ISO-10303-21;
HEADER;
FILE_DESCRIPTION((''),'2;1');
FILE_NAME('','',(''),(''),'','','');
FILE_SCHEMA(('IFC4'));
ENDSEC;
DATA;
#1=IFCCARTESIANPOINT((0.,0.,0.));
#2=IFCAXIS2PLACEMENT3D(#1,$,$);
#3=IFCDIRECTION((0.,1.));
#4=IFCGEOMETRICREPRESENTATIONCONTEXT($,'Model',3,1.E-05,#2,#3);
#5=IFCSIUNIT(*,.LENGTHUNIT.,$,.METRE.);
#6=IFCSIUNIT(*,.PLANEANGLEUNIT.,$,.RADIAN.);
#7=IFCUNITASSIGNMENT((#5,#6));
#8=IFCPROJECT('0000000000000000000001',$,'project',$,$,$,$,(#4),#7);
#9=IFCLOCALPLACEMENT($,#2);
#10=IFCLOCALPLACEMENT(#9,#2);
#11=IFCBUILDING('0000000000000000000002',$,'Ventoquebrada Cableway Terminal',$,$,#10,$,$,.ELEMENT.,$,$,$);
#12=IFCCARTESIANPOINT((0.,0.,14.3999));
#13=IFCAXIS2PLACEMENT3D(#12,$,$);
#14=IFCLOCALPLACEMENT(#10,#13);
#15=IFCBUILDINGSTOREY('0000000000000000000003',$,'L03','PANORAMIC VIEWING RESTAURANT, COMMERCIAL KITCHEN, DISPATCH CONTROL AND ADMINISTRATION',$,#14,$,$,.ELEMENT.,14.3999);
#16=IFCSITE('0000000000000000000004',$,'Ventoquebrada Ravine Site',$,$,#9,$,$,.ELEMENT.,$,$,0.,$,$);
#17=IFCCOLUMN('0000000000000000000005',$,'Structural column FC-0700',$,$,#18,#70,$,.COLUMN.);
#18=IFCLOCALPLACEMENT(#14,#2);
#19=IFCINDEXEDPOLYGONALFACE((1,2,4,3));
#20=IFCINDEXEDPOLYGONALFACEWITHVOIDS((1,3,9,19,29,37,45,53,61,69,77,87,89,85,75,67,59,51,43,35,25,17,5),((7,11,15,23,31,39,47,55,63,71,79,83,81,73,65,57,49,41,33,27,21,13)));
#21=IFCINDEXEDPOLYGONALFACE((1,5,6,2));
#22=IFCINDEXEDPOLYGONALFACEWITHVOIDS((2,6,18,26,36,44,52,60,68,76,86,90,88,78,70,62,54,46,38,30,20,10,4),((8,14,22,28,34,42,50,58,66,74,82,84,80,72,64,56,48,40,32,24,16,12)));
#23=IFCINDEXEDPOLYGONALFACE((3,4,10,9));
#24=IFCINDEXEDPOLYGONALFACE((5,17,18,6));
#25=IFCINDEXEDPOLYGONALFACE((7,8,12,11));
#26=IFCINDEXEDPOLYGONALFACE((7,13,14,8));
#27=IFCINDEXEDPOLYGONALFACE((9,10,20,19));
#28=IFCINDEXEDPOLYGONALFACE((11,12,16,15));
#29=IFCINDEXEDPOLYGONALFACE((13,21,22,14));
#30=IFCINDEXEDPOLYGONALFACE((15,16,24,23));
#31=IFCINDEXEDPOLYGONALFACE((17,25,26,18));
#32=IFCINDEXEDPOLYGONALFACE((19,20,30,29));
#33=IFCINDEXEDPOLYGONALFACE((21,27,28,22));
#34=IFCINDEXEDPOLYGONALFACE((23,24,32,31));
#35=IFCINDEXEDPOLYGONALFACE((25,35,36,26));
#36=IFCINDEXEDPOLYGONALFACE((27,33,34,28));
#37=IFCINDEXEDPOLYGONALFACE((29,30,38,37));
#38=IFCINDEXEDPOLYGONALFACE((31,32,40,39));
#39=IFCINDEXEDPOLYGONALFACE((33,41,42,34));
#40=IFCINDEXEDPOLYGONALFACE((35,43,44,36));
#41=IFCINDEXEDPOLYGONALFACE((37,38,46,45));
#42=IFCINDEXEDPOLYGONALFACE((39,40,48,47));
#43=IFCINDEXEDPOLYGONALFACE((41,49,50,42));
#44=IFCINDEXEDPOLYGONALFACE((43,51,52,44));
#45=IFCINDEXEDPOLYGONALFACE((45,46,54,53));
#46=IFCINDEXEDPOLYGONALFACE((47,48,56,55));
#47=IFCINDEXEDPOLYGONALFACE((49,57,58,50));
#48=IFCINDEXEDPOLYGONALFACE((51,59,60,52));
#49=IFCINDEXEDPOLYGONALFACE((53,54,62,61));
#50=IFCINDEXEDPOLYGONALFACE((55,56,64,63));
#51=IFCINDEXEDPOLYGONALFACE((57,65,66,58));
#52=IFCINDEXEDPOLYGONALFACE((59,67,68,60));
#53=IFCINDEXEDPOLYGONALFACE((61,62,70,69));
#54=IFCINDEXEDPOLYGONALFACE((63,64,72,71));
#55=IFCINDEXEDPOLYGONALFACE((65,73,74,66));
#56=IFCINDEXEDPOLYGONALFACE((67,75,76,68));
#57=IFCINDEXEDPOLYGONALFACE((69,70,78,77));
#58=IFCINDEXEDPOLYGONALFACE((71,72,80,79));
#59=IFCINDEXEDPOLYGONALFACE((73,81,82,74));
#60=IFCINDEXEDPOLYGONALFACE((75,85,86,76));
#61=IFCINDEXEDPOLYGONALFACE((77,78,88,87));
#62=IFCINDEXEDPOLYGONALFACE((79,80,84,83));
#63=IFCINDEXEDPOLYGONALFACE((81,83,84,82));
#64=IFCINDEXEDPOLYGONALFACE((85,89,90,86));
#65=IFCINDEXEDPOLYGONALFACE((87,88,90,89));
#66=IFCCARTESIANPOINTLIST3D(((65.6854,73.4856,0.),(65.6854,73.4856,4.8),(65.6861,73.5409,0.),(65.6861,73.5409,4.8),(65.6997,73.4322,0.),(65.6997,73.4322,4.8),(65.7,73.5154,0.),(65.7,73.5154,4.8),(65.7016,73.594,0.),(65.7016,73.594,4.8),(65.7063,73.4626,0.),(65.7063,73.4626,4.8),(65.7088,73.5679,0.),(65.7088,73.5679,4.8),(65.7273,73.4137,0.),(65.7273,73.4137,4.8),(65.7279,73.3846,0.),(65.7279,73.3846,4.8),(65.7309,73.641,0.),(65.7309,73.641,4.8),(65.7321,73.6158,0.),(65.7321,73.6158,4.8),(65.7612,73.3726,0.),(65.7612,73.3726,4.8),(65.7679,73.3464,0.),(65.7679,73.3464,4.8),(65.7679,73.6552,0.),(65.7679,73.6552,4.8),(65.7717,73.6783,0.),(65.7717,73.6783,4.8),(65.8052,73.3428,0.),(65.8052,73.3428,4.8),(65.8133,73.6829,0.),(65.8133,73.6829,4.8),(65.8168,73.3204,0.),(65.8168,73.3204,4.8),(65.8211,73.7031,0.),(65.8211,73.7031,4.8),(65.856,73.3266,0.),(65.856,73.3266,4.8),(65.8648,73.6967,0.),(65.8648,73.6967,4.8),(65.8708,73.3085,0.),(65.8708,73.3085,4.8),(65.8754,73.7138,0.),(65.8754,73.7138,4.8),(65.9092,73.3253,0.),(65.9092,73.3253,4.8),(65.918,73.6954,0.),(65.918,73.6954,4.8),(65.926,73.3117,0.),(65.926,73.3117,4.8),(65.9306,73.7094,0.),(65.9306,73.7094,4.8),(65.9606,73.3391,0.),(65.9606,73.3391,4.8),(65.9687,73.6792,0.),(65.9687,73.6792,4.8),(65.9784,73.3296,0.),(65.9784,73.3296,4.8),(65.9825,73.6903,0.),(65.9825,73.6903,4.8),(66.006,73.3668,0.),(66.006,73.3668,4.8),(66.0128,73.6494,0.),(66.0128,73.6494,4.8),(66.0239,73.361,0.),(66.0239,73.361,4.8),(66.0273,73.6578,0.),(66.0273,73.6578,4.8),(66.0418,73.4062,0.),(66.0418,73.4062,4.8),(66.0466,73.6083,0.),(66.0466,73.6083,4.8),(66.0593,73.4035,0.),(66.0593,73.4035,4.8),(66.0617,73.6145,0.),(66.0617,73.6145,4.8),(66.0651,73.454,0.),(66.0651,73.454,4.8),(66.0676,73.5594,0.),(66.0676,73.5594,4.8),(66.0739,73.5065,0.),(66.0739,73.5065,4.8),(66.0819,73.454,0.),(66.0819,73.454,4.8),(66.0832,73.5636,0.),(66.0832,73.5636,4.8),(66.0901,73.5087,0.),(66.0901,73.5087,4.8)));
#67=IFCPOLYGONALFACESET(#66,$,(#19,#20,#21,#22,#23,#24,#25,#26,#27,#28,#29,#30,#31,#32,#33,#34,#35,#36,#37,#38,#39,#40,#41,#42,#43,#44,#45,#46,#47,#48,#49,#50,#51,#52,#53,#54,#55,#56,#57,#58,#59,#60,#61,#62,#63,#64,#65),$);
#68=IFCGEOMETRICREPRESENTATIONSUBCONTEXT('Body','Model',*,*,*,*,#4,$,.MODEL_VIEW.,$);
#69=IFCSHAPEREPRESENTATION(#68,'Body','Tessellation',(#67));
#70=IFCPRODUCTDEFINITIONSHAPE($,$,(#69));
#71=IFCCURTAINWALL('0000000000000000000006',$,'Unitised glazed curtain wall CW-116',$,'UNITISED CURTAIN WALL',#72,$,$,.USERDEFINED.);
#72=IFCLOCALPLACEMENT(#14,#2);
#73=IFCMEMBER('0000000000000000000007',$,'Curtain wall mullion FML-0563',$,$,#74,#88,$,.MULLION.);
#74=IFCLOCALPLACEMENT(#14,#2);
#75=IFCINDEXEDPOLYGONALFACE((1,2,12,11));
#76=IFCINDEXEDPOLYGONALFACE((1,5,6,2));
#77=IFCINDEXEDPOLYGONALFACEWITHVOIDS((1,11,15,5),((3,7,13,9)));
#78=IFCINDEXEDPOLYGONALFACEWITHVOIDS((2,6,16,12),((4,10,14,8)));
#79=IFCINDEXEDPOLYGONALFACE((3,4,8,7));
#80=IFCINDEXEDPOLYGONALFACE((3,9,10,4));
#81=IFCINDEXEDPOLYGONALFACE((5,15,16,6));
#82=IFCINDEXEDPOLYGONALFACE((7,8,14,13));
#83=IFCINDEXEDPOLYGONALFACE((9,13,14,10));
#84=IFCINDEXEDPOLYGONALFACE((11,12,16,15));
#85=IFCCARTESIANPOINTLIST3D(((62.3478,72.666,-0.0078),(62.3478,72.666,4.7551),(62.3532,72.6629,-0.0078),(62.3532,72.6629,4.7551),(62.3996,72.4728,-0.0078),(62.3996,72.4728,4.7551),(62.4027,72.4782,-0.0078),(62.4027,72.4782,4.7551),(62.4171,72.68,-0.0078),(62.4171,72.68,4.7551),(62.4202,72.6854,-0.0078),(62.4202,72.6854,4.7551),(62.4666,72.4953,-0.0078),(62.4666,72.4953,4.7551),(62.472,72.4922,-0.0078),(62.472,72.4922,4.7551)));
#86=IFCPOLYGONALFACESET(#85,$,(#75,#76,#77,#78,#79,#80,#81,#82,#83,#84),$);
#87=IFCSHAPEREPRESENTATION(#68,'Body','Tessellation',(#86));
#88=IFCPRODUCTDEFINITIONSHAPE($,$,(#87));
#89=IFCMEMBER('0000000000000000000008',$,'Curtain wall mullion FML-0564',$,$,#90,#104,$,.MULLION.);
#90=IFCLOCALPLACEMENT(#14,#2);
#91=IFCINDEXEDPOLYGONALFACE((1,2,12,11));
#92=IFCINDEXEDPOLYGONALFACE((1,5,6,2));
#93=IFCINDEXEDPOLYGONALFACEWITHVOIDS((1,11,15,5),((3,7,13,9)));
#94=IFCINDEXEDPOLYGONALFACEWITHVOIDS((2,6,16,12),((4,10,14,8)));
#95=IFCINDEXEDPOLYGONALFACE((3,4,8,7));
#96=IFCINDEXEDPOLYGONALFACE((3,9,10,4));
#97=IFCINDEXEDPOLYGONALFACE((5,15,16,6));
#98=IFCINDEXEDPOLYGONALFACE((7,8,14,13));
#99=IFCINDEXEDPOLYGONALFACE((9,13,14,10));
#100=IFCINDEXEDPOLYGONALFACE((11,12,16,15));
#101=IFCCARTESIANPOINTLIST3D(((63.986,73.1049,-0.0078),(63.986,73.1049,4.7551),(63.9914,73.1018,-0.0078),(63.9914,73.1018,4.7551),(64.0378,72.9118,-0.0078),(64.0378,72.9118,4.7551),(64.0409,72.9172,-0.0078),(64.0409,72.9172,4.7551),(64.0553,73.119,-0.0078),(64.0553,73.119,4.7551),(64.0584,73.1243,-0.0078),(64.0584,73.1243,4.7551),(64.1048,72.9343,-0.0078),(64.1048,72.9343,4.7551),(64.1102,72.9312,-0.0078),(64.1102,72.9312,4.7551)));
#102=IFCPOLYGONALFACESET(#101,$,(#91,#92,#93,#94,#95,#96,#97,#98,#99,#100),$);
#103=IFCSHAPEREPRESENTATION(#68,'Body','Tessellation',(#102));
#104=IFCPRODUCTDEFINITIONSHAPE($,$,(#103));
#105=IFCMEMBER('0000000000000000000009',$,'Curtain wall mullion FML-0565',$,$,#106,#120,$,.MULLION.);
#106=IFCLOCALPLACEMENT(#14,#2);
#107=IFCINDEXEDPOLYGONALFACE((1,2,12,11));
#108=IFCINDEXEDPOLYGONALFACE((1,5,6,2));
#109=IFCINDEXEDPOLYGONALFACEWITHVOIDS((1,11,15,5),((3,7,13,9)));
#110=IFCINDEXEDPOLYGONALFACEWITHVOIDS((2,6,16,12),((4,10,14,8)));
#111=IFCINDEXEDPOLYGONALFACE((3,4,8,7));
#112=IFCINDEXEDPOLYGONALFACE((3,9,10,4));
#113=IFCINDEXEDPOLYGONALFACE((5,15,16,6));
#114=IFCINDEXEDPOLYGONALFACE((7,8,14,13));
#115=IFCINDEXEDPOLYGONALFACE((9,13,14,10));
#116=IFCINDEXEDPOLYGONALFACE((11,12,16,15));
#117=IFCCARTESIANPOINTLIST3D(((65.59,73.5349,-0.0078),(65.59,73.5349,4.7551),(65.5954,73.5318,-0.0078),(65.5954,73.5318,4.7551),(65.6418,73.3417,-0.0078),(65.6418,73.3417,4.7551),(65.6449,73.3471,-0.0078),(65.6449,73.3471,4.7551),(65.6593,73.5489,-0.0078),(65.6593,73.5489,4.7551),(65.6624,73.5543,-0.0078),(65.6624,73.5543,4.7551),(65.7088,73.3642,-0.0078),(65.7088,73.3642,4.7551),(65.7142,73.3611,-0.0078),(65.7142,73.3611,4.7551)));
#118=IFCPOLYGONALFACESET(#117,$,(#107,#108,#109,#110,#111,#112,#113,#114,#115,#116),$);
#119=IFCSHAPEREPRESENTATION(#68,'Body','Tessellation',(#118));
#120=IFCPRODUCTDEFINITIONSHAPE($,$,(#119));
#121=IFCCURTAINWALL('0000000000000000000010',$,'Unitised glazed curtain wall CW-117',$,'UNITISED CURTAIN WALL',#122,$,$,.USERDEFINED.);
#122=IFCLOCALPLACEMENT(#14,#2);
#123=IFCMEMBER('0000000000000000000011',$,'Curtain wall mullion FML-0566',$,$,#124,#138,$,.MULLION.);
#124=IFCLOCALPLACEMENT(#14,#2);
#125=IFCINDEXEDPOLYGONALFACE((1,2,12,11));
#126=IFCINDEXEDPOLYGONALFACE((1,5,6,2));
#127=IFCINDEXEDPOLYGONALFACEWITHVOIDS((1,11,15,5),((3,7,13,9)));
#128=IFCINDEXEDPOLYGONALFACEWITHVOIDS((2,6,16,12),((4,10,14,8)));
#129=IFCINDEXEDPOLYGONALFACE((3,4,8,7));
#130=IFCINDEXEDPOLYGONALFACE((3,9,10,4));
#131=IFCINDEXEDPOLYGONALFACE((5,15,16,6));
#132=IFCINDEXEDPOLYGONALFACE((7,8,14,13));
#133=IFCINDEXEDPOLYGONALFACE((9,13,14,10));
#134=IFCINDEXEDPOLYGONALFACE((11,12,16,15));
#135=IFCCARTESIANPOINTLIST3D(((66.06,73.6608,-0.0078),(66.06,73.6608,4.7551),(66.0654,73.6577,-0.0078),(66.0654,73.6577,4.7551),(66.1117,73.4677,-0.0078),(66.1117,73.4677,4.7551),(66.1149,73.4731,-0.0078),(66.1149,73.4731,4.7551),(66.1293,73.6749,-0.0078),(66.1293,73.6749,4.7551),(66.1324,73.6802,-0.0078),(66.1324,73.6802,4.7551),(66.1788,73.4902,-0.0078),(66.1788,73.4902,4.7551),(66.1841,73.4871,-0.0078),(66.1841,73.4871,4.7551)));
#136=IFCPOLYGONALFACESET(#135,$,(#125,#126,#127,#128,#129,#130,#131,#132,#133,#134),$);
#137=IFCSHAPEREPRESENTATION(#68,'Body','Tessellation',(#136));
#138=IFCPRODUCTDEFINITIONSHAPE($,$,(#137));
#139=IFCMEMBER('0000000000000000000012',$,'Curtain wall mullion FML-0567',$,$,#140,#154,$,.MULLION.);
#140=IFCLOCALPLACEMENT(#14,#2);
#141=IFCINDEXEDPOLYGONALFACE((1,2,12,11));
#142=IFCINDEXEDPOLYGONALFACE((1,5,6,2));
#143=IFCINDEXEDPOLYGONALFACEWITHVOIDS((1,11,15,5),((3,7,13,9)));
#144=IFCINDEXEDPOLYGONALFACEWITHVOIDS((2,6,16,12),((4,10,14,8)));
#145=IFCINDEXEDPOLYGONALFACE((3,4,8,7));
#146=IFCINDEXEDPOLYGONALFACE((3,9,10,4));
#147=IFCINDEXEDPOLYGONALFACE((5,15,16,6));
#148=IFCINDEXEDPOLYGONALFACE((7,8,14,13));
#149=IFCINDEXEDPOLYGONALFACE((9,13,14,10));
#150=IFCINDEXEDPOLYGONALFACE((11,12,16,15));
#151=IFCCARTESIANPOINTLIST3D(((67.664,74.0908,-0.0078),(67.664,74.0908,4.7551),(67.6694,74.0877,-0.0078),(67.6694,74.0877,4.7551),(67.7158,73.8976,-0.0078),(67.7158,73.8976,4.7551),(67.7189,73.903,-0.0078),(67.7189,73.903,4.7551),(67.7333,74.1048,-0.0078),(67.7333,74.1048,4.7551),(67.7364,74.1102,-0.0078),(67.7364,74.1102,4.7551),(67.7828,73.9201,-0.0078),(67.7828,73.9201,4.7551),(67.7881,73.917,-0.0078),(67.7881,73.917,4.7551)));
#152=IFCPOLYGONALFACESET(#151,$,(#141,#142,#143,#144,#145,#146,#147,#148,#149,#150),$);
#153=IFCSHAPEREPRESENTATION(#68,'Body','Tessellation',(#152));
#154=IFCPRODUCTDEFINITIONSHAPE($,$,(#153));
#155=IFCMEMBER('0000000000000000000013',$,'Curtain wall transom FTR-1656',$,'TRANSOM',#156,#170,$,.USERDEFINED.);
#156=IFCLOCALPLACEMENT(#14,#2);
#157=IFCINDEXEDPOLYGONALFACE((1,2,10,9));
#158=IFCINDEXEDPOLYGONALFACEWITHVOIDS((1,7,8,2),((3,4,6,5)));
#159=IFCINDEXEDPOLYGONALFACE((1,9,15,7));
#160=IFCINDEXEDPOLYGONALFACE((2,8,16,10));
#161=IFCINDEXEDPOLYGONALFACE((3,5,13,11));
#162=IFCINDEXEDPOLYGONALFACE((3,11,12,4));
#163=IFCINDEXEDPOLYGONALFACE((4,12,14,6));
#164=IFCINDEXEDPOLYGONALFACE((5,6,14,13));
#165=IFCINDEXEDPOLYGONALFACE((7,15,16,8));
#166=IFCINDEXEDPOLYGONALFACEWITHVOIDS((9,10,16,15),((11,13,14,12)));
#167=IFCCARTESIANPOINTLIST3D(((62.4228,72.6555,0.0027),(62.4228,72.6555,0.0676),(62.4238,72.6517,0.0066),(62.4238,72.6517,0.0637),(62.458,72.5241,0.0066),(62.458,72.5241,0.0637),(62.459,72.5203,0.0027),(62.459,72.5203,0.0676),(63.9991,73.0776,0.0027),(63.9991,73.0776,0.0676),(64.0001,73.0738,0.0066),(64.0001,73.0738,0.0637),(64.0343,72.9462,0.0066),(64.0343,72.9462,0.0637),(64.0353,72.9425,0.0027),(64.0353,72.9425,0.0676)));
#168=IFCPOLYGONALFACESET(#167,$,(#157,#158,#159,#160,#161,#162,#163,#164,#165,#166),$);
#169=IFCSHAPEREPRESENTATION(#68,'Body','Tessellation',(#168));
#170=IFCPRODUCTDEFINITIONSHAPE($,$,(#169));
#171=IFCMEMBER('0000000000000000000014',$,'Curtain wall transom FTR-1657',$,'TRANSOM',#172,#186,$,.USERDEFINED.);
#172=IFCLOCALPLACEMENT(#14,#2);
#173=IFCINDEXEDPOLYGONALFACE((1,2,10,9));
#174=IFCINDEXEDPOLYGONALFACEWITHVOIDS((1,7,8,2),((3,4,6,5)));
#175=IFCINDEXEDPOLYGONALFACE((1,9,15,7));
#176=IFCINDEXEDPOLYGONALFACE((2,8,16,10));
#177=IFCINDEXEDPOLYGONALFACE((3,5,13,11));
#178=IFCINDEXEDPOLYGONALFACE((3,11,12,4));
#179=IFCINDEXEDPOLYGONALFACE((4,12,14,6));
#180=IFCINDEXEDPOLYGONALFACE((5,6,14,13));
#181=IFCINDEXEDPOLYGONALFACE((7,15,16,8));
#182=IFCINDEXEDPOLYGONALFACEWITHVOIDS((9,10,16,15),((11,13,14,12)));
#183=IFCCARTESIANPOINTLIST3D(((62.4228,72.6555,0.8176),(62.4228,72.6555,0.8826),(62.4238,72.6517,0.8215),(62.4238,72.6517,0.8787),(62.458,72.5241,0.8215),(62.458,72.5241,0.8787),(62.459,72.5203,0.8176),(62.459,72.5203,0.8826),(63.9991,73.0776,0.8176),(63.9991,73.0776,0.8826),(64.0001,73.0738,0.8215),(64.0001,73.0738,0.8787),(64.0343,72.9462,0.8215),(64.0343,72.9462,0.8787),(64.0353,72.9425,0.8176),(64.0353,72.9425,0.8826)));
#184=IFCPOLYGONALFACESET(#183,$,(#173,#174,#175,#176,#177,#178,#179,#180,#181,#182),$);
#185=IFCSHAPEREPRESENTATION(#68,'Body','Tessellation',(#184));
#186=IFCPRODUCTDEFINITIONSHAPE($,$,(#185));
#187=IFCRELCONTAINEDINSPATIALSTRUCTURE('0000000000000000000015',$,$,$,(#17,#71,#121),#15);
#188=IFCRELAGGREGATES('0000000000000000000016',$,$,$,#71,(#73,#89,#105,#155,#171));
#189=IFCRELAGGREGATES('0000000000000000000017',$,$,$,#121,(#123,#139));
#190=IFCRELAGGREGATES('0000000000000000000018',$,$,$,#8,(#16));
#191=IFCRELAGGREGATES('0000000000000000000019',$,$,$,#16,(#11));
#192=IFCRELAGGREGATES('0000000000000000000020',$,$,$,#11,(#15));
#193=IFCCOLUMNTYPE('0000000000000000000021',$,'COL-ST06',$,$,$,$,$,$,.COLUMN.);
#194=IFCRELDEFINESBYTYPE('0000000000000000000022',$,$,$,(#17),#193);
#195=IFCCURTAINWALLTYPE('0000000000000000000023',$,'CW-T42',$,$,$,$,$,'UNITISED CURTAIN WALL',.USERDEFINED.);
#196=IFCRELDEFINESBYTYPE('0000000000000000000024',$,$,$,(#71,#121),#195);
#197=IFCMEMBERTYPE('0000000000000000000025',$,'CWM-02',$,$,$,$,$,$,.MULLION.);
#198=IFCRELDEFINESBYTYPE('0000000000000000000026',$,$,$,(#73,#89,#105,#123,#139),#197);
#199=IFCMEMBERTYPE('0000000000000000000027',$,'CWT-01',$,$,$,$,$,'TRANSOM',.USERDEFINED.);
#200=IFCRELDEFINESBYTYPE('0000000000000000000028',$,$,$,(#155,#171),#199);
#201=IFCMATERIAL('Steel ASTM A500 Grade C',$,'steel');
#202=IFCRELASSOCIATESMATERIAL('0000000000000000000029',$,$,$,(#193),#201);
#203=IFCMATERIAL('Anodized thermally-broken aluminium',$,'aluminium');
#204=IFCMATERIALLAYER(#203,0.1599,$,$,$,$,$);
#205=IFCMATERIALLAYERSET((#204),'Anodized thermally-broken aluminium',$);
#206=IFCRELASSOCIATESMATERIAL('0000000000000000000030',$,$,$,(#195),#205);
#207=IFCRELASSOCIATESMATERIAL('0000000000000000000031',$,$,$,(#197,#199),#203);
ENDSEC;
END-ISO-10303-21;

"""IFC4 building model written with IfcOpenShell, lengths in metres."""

from ifc_helpers import new_model, si_unit, direction, frame, origin, origin_2d, place, context, subcontext, project, spatial, hollow_rectangle, hollow_circle, extrude, material, layer, layer_set, material_profile, profile_set, type_object, element, aggregate, save


model = new_model("IFC4")

# Units and contexts
model_context = context("Model", 3, precision=1e-05, world=origin(), true_north=direction((0.0, 1.0)))
body_context = subcontext(model_context, "Body", "Model", "MODEL_VIEW")
ifc_project = project(units=[si_unit("LENGTHUNIT", "METRE"), si_unit("PLANEANGLEUNIT", "RADIAN")], contexts=[model_context])

# Site, building, storey
site_placement = place(None, origin())
site = spatial("IfcSite", under=ifc_project, at=site_placement, Name="Ventoquebrada Ravine Site", CompositionType="ELEMENT", RefElevation=0.0)
building_placement = place(site_placement, origin())
building = spatial("IfcBuilding", under=site, at=building_placement, Name="Ventoquebrada Cableway Terminal", CompositionType="ELEMENT")
storey_placement = place(building_placement, frame((0.0, 0.0, 14.3999)))
storey = spatial("IfcBuildingStorey", under=building, at=storey_placement, Name="L03", Description="PANORAMIC VIEWING RESTAURANT, COMMERCIAL KITCHEN, DISPATCH CONTROL AND ADMINISTRATION", CompositionType="ELEMENT", Elevation=14.3999)

# Column
ifc_material_1 = material(Name="Steel ASTM A500 Grade C", Category="steel")
ifc_material_profile_1 = material_profile(ifc_material_1, hollow_circle(Radius=0.2031, WallThickness=0.0161, at=origin_2d()), Name="CHS406.4X16")
ifc_profile_set_1 = profile_set([ifc_material_profile_1], Name="Steel ASTM A500 Grade C")
column_type = type_object("IfcColumnType", Name="COL-ST06", PredefinedType="COLUMN", material=ifc_profile_set_1)
column_placement = place(storey_placement, frame((65.887, 73.511, 0.0), z_axis=(0.0, 0.0, 1.0), x_axis=(0.965926, 0.258819, 0.0)))
element("IfcColumn", 1, at=column_placement, inside=storey, type_object=column_type, Name="Structural column FC-0700", PredefinedType="COLUMN", context=body_context, shape_type="SweptSolid", body=[
    extrude(hollow_circle(Radius=0.2031, WallThickness=0.0161, at=origin_2d()), origin(), (0.0, 0.0, 1.0), 4.8),
])

# Curtain walls, members
ifc_material_2 = material(Name="Anodized thermally-broken aluminium", Category="aluminium")
ifc_layer_1 = layer(ifc_material_2, 0.1599)
ifc_layer_set_1 = layer_set([ifc_layer_1], Name="Anodized thermally-broken aluminium")
curtain_wall_type = type_object("IfcCurtainWallType", Name="CW-T42", ElementType="UNITISED CURTAIN WALL", PredefinedType="USERDEFINED", material=ifc_layer_set_1)
curtain_wall_1_placement = place(storey_placement, origin())
curtain_wall_1 = element("IfcCurtainWall", 2, at=curtain_wall_1_placement, inside=storey, type_object=curtain_wall_type, Name="Unitised glazed curtain wall CW-116", ObjectType="UNITISED CURTAIN WALL", PredefinedType="USERDEFINED")
ifc_material_profile_2 = material_profile(ifc_material_2, hollow_rectangle(XDim=0.075, YDim=0.2, WallThickness=0.0044, at=origin_2d()), Name="CW-MUL-75X200")
ifc_profile_set_2 = profile_set([ifc_material_profile_2], Name="Anodized thermally-broken aluminium")
member_type_1 = type_object("IfcMemberType", Name="CWM-02", PredefinedType="MULLION", material=ifc_profile_set_2)
member_1_placement = place(storey_placement, frame((62.4099, 72.5791, -0.0078), z_axis=(0.0, 0.0, 1.0), x_axis=(0.965948, 0.258735, 0.0)))
member_1 = element("IfcMember", 3, at=member_1_placement, type_object=member_type_1, Name="Curtain wall mullion FML-0563", PredefinedType="MULLION", context=body_context, shape_type="SweptSolid", body=[
    extrude(hollow_rectangle(XDim=0.075, YDim=0.2, WallThickness=0.0044, at=origin_2d()), origin(), (0.0, 0.0, 1.0), 4.7629),
])
member_2_placement = place(storey_placement, frame((64.0481, 73.0181, -0.0078), z_axis=(0.0, 0.0, 1.0), x_axis=(0.965948, 0.258735, 0.0)))
member_2 = element("IfcMember", 4, at=member_2_placement, type_object=member_type_1, Name="Curtain wall mullion FML-0564", PredefinedType="MULLION", context=body_context, shape_type="SweptSolid", body=[
    extrude(hollow_rectangle(XDim=0.075, YDim=0.2, WallThickness=0.0044, at=origin_2d()), origin(), (0.0, 0.0, 1.0), 4.7629),
])
member_3_placement = place(storey_placement, frame((65.6521, 73.448, -0.0078), z_axis=(0.0, 0.0, 1.0), x_axis=(0.965948, 0.258735, 0.0)))
member_3 = element("IfcMember", 5, at=member_3_placement, type_object=member_type_1, Name="Curtain wall mullion FML-0565", PredefinedType="MULLION", context=body_context, shape_type="SweptSolid", body=[
    extrude(hollow_rectangle(XDim=0.075, YDim=0.2, WallThickness=0.0044, at=origin_2d()), origin(), (0.0, 0.0, 1.0), 4.7629),
])
curtain_wall_2_placement = place(storey_placement, origin())
curtain_wall_2 = element("IfcCurtainWall", 6, at=curtain_wall_2_placement, inside=storey, type_object=curtain_wall_type, Name="Unitised glazed curtain wall CW-117", ObjectType="UNITISED CURTAIN WALL", PredefinedType="USERDEFINED")
member_4_placement = place(storey_placement, frame((66.1221, 73.574, -0.0078), z_axis=(0.0, 0.0, 1.0), x_axis=(0.965921, 0.258836, 0.0)))
member_4 = element("IfcMember", 7, at=member_4_placement, type_object=member_type_1, Name="Curtain wall mullion FML-0566", PredefinedType="MULLION", context=body_context, shape_type="SweptSolid", body=[
    extrude(hollow_rectangle(XDim=0.075, YDim=0.2, WallThickness=0.0044, at=origin_2d()), origin(), (0.0, 0.0, 1.0), 4.7629),
])
member_5_placement = place(storey_placement, frame((67.7261, 74.0039, -0.0078), z_axis=(0.0, 0.0, 1.0), x_axis=(0.965921, 0.258836, 0.0)))
member_5 = element("IfcMember", 8, at=member_5_placement, type_object=member_type_1, Name="Curtain wall mullion FML-0567", PredefinedType="MULLION", context=body_context, shape_type="SweptSolid", body=[
    extrude(hollow_rectangle(XDim=0.075, YDim=0.2, WallThickness=0.0044, at=origin_2d()), origin(), (0.0, 0.0, 1.0), 4.7629),
])

# Members
ifc_material_profile_3 = material_profile(ifc_material_2, hollow_rectangle(XDim=0.0649, YDim=0.1399, WallThickness=0.0039, at=origin_2d()), Name="CW-TRN-65X140")
ifc_profile_set_3 = profile_set([ifc_material_profile_3], Name="Anodized thermally-broken aluminium")
member_type_2 = type_object("IfcMemberType", Name="CWT-01", ElementType="TRANSOM", PredefinedType="USERDEFINED", material=ifc_profile_set_3)
member_6_placement = place(storey_placement, frame((62.4409, 72.5879, 0.0352), z_axis=(0.965959, 0.258696, 0.0), x_axis=(0.0, 0.0, 1.0)))
member_6 = element("IfcMember", 9, at=member_6_placement, type_object=member_type_2, Name="Curtain wall transom FTR-1656", ObjectType="TRANSOM", PredefinedType="USERDEFINED", context=body_context, shape_type="SweptSolid", body=[
    extrude(hollow_rectangle(XDim=0.0649, YDim=0.1399, WallThickness=0.0039, at=origin_2d()), origin(), (0.0, 0.0, 1.0), 1.6318),
])
member_7_placement = place(storey_placement, frame((62.4409, 72.5879, 0.8501), z_axis=(0.965959, 0.258696, 0.0), x_axis=(0.0, 0.0, 1.0)))
member_7 = element("IfcMember", 10, at=member_7_placement, type_object=member_type_2, Name="Curtain wall transom FTR-1657", ObjectType="TRANSOM", PredefinedType="USERDEFINED", context=body_context, shape_type="SweptSolid", body=[
    extrude(hollow_rectangle(XDim=0.0649, YDim=0.1399, WallThickness=0.0039, at=origin_2d()), origin(), (0.0, 0.0, 1.0), 1.6318),
])

aggregate(curtain_wall_1, [member_1, member_2, member_3, member_6, member_7])
aggregate(curtain_wall_2, [member_4, member_5])

save(model, "model.ifc")
